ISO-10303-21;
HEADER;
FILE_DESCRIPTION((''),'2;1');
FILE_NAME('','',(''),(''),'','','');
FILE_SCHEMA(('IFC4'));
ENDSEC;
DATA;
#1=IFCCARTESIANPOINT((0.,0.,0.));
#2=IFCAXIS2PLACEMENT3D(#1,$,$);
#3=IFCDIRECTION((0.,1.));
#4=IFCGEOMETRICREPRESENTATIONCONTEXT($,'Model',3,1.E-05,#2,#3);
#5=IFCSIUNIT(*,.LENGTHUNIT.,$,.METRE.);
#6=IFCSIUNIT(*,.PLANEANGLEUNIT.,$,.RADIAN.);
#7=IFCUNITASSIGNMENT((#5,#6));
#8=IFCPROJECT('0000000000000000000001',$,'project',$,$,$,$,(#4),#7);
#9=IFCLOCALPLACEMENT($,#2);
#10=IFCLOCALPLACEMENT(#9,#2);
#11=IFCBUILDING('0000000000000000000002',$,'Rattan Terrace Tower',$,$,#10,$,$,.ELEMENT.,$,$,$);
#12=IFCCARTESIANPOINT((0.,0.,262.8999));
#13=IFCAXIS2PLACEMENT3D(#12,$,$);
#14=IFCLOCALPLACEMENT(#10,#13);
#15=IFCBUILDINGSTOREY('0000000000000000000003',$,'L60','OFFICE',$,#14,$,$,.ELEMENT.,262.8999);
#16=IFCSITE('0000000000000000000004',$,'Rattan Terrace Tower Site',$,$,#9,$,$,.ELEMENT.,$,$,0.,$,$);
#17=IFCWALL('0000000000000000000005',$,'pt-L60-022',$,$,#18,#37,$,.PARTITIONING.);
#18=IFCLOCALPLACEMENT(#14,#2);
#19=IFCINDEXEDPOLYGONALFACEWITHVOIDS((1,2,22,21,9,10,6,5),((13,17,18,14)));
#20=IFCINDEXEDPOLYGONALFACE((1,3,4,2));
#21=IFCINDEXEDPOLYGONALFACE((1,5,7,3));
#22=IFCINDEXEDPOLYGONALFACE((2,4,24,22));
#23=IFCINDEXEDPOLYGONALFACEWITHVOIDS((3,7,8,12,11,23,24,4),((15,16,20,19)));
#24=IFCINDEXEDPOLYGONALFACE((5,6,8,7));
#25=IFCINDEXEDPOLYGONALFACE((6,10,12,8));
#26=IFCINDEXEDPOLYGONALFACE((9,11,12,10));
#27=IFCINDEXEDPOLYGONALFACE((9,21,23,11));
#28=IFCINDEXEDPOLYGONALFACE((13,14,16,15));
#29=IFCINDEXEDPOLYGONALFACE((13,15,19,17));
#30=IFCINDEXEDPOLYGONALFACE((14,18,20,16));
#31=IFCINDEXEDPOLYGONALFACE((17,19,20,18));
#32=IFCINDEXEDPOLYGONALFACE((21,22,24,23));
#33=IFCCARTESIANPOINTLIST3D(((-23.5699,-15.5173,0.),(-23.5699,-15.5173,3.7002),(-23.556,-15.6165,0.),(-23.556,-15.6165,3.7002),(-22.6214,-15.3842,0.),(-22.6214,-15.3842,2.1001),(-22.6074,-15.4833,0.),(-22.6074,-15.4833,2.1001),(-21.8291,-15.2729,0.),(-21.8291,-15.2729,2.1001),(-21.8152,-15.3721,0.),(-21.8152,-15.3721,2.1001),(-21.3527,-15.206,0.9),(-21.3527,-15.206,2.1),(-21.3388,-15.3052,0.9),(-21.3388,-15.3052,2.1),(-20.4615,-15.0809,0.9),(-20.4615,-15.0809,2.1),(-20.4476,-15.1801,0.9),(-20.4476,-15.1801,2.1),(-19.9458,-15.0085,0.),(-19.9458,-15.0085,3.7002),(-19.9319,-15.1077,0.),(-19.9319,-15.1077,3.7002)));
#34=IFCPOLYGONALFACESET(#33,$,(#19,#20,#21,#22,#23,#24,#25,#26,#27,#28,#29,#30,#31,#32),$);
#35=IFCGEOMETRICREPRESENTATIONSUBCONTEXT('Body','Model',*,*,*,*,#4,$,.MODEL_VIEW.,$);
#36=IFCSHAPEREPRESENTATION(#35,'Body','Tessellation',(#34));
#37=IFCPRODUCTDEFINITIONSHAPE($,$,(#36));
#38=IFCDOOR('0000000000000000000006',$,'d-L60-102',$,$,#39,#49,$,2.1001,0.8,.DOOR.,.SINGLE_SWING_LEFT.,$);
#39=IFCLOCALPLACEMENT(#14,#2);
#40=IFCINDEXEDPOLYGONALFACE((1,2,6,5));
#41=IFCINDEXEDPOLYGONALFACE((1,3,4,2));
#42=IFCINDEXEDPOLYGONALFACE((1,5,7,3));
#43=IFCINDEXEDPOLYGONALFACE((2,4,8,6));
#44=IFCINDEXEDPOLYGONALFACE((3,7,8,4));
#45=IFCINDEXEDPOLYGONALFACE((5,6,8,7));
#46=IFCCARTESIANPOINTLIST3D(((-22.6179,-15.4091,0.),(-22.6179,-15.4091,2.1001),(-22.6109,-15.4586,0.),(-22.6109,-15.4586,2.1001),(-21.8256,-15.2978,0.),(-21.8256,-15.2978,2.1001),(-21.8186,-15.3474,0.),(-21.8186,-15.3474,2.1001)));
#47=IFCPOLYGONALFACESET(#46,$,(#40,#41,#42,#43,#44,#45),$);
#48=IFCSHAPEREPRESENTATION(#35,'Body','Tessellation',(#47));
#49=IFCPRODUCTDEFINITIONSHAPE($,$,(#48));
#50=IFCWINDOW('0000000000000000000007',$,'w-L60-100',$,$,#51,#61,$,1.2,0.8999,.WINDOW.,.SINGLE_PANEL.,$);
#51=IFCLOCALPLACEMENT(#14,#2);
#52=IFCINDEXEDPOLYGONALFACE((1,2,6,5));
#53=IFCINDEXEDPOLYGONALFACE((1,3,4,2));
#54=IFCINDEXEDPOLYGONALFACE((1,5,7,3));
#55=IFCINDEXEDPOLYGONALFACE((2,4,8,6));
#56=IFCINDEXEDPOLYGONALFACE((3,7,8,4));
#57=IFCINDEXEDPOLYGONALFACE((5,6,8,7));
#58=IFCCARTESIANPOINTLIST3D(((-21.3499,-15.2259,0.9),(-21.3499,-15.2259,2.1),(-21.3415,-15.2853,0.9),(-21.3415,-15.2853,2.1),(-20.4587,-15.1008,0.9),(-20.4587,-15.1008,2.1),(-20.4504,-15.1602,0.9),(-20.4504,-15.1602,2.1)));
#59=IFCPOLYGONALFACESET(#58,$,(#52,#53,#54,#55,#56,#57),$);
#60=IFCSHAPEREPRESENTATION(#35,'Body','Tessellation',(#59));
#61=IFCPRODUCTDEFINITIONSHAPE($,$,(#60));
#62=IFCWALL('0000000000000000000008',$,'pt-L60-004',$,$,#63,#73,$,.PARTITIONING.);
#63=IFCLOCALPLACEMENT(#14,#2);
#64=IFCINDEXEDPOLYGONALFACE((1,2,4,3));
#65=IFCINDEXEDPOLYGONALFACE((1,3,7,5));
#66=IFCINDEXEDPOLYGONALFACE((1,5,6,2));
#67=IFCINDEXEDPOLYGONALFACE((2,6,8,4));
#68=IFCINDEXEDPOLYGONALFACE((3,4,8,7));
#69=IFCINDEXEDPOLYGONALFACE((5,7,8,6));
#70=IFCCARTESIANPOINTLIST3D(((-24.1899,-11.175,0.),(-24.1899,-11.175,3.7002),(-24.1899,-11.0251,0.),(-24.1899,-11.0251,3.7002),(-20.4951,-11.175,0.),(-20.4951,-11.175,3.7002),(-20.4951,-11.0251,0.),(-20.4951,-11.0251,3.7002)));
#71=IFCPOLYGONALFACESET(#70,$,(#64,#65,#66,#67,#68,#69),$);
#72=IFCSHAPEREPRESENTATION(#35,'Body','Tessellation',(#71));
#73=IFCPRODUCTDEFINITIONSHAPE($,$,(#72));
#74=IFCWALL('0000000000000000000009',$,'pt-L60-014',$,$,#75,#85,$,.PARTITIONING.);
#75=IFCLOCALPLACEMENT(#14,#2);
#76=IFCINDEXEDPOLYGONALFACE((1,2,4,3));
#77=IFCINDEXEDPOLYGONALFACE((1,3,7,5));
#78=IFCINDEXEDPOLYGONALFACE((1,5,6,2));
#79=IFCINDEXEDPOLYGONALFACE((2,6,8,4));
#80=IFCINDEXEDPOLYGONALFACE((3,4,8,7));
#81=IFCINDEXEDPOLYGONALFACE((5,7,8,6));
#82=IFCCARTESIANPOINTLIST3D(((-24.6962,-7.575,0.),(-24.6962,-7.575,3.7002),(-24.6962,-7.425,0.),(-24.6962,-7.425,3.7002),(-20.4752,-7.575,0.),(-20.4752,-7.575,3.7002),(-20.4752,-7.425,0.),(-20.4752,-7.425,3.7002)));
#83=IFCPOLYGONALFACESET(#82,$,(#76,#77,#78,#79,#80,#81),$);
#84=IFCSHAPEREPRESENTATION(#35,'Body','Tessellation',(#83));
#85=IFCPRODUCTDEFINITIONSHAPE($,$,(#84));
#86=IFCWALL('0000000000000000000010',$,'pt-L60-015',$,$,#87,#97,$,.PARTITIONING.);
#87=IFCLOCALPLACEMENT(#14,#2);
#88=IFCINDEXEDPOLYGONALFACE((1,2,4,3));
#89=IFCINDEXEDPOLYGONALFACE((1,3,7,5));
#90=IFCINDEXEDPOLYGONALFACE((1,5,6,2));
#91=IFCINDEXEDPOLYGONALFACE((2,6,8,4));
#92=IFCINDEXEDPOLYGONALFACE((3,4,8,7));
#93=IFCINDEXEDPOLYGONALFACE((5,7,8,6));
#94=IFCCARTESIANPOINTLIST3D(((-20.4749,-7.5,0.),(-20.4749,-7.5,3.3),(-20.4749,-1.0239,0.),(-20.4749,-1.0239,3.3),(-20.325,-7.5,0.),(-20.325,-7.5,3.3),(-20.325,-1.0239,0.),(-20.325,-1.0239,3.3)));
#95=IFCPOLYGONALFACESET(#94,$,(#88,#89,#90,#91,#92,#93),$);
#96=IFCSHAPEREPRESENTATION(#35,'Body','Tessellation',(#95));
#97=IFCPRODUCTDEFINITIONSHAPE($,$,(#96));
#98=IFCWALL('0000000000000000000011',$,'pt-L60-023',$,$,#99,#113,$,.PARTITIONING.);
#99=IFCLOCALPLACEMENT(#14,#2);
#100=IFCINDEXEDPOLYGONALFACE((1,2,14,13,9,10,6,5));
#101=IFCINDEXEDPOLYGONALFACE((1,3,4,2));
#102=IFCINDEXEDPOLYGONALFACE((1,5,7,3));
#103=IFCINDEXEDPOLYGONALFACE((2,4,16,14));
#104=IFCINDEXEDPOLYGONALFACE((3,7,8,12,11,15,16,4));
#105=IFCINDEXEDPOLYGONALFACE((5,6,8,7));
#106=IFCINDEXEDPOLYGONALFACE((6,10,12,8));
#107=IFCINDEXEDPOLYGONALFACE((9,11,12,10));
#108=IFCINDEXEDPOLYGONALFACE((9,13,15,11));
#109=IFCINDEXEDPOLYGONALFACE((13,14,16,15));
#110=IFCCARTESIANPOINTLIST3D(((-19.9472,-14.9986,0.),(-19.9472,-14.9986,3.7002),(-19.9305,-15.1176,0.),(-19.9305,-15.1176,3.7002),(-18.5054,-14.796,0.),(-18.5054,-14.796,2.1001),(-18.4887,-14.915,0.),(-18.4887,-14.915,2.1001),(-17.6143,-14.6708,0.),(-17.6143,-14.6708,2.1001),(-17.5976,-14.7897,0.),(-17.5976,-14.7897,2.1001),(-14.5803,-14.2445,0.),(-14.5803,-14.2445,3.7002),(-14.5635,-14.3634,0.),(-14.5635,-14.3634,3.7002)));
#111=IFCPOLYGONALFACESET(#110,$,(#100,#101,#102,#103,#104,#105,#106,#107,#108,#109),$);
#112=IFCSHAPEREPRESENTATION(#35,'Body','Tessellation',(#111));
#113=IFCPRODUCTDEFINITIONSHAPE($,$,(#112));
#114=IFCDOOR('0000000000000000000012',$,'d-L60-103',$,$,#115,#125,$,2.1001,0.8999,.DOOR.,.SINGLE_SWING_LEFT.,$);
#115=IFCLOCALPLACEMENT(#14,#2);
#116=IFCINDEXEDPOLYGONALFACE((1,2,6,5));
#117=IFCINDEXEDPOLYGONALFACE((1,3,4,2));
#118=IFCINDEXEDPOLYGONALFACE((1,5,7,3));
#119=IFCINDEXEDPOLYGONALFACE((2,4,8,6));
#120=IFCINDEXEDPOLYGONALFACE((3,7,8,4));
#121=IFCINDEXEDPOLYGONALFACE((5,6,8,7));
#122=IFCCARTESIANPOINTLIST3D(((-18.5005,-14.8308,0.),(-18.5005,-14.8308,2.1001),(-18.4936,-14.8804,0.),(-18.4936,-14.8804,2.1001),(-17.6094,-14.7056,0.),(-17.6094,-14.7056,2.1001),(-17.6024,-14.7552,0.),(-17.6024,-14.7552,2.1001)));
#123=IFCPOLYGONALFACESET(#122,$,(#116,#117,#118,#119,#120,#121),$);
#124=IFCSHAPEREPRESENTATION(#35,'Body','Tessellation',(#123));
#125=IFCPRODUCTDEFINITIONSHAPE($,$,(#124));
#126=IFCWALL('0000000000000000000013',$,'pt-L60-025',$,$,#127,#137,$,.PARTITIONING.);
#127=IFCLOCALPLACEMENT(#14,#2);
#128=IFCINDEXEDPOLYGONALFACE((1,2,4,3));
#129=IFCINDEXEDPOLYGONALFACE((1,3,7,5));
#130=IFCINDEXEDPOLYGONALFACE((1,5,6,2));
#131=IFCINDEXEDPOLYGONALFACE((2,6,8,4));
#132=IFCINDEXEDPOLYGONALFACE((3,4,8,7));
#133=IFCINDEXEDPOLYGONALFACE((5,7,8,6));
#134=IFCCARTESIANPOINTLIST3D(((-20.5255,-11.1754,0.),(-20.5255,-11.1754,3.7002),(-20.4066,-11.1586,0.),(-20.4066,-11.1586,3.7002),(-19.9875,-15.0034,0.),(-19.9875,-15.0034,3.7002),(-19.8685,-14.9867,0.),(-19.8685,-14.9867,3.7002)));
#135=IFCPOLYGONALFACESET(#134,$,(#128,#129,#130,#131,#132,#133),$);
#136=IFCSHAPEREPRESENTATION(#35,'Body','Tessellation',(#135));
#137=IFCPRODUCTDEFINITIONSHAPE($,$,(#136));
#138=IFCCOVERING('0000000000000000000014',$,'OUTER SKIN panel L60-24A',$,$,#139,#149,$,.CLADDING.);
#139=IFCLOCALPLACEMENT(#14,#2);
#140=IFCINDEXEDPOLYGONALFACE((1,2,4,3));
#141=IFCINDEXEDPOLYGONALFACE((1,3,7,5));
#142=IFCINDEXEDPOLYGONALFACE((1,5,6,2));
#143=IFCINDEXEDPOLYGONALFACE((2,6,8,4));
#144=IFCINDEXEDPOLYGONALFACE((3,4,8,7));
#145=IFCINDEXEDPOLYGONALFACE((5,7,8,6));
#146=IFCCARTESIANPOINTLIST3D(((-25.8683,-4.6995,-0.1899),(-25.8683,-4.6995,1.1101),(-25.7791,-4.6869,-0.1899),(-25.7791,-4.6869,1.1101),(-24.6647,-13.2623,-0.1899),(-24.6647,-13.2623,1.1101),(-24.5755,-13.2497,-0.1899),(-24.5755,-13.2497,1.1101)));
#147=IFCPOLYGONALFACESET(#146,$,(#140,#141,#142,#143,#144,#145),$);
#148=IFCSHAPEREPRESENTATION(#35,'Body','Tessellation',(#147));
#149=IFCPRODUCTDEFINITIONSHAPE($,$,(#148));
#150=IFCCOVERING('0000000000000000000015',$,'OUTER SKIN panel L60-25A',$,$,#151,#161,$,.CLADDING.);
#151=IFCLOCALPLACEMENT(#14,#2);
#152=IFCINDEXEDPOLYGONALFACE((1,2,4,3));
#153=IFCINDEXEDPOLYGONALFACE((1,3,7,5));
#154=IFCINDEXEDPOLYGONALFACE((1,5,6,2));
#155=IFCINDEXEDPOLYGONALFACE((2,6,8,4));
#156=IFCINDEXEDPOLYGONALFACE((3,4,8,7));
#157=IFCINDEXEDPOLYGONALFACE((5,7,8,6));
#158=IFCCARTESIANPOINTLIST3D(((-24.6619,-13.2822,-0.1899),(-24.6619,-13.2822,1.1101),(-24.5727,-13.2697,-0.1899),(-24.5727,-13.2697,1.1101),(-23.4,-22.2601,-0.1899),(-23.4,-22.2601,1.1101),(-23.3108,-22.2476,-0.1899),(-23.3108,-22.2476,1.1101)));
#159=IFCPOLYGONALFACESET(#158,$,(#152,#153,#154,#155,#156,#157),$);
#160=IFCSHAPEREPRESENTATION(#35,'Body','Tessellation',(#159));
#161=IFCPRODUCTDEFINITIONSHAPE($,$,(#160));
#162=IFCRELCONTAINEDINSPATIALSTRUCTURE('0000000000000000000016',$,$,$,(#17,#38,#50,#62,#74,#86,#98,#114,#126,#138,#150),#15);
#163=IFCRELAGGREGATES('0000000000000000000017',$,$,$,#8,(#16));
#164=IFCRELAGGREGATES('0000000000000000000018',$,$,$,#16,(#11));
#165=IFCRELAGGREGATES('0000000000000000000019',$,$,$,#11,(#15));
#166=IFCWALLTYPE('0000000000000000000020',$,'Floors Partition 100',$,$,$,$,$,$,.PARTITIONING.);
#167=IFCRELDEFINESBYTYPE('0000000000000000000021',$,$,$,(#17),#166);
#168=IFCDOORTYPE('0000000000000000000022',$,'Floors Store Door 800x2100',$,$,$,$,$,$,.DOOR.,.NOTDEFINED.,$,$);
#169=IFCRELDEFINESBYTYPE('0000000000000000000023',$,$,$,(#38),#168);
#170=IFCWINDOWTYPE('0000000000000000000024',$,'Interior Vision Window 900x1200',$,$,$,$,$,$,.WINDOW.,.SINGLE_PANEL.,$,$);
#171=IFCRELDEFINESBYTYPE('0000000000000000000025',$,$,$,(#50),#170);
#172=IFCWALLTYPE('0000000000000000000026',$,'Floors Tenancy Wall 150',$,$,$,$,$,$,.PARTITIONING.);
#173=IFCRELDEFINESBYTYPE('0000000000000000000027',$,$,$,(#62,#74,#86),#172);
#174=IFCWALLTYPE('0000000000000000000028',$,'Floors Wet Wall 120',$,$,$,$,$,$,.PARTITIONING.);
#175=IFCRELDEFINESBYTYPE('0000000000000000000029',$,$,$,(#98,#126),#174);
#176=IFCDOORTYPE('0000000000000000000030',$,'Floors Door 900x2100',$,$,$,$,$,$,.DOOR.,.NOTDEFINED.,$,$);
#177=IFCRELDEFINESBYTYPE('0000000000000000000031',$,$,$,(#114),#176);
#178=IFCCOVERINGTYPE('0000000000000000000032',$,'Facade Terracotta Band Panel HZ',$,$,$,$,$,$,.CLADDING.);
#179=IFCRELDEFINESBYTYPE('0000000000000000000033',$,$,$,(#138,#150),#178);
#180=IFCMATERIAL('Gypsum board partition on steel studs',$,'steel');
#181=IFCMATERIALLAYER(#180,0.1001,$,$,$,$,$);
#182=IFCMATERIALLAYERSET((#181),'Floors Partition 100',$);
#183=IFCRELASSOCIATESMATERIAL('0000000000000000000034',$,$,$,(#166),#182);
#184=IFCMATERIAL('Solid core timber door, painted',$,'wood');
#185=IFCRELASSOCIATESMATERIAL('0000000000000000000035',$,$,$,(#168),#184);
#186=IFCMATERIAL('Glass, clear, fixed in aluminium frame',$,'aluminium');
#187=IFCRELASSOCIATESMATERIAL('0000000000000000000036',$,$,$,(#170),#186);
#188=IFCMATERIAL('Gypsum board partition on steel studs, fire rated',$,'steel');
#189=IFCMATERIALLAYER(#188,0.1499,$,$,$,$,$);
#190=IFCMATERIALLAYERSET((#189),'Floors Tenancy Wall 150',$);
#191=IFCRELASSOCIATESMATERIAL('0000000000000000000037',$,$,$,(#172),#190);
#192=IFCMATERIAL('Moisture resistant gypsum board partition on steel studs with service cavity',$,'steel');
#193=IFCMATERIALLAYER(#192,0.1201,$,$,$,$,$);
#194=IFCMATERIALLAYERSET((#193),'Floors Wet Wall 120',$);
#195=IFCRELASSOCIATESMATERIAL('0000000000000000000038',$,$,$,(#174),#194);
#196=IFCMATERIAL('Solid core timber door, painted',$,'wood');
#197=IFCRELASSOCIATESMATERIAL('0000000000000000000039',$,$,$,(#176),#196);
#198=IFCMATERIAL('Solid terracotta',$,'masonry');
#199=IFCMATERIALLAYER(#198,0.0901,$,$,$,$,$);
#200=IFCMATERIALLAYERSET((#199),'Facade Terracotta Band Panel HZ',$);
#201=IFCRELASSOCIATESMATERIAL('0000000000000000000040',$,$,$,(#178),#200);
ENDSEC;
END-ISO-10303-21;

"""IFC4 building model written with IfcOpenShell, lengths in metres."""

from ifc_helpers import new_model, si_unit, direction, frame, frame_2d, origin, origin_2d, place, context, subcontext, project, spatial, rectangle, extrude, material, layer, layer_set, type_object, element, fill, save


model = new_model("IFC4")

# Units and contexts
model_context = context("Model", 3, precision=1e-05, world=origin(), true_north=direction((0.0, 1.0)))
body_context = subcontext(model_context, "Body", "Model", "MODEL_VIEW")
ifc_project = project(units=[si_unit("LENGTHUNIT", "METRE"), si_unit("PLANEANGLEUNIT", "RADIAN")], contexts=[model_context])

# Site, building, storey
site_placement = place(None, origin())
site = spatial("IfcSite", under=ifc_project, at=site_placement, Name="Rattan Terrace Tower Site", CompositionType="ELEMENT", RefElevation=0.0)
building_placement = place(site_placement, origin())
building = spatial("IfcBuilding", under=site, at=building_placement, Name="Rattan Terrace Tower", CompositionType="ELEMENT")
storey_placement = place(building_placement, frame((0.0, 0.0, 262.8999)))
storey = spatial("IfcBuildingStorey", under=building, at=storey_placement, Name="L60", Description="OFFICE", CompositionType="ELEMENT", Elevation=262.8999)

# Wall, openings, door, window
ifc_material_1 = material(Name="Gypsum board partition on steel studs", Category="steel")
ifc_layer_1 = layer(ifc_material_1, 0.1001)
ifc_layer_set_1 = layer_set([ifc_layer_1], Name="Floors Partition 100")
wall_type_1 = type_object("IfcWallType", Name="Floors Partition 100", PredefinedType="PARTITIONING", material=ifc_layer_set_1)
wall_1_placement = place(storey_placement, frame((-23.563, -15.5669, 0.0), z_axis=(0.0, 0.0, 1.0), x_axis=(0.990288, 0.13903, 0.0)))
wall_1 = element("IfcWall", 1, at=wall_1_placement, inside=storey, type_object=wall_type_1, Name="pt-L60-022", PredefinedType="PARTITIONING", context=body_context, shape_type="SweptSolid", body=[
    extrude(rectangle(XDim=3.6597, YDim=0.1001, at=frame_2d((1.8298, 0.0))), origin(), (0.0, 0.0, 1.0), 3.7002),
])
opening_1_placement = place(wall_1_placement, frame((0.958, 0.0, 0.0)))
opening_1 = element("IfcOpeningElement", 2, at=opening_1_placement, cuts=wall_1, PredefinedType="OPENING", context=body_context, shape_type="SweptSolid", body=[
    extrude(rectangle(XDim=0.8, YDim=2.1001, at=frame_2d((0.3999, 1.05))), frame((0.0, 0.0605, 0.0), z_axis=(0.0, -1.0, 0.0), x_axis=(1.0, 0.0, 0.0)), (0.0, 0.0, 1.0), 0.1211),
])
opening_2_placement = place(wall_1_placement, frame((2.239, 0.0, 0.8999)))
opening_2 = element("IfcOpeningElement", 3, at=opening_2_placement, cuts=wall_1, PredefinedType="OPENING", context=body_context, shape_type="SweptSolid", body=[
    extrude(rectangle(XDim=0.8999, YDim=1.2, at=frame_2d((0.45, 0.6001))), frame((0.0, 0.0605, 0.0), z_axis=(0.0, -1.0, 0.0), x_axis=(1.0, 0.0, 0.0)), (0.0, 0.0, 1.0), 0.1211),
])
ifc_material_2 = material(Name="Solid core timber door, painted", Category="wood")
door_type_1 = type_object("IfcDoorType", Name="Floors Store Door 800x2100", OperationType="NOTDEFINED", PredefinedType="DOOR", material=ifc_material_2)
door_1_placement = place(opening_1_placement, origin())
door_1 = element("IfcDoor", 4, at=door_1_placement, inside=storey, type_object=door_type_1, Name="d-L60-102", OperationType="SINGLE_SWING_LEFT", OverallHeight=2.1001, OverallWidth=0.8, PredefinedType="DOOR", context=body_context, shape_type="SweptSolid", body=[
    extrude(rectangle(XDim=0.8, YDim=2.1001, at=frame_2d((0.3999, 1.05))), frame((0.0, 0.0249, 0.0), z_axis=(0.0, -1.0, 0.0), x_axis=(1.0, 0.0, 0.0)), (0.0, 0.0, 1.0), 0.05),
])
fill(opening_1, door_1)
ifc_material_3 = material(Name="Glass, clear, fixed in aluminium frame", Category="aluminium")
window_type = type_object("IfcWindowType", Name="Interior Vision Window 900x1200", PartitioningType="SINGLE_PANEL", PredefinedType="WINDOW", material=ifc_material_3)
window_placement = place(opening_2_placement, origin())
window = element("IfcWindow", 5, at=window_placement, inside=storey, type_object=window_type, Name="w-L60-100", OverallHeight=1.2, OverallWidth=0.8999, PartitioningType="SINGLE_PANEL", PredefinedType="WINDOW", context=body_context, shape_type="SweptSolid", body=[
    extrude(rectangle(XDim=0.8999, YDim=1.2, at=frame_2d((0.45, 0.6001))), frame((0.0, 0.03, 0.0), z_axis=(0.0, -1.0, 0.0), x_axis=(1.0, 0.0, 0.0)), (0.0, 0.0, 1.0), 0.0601),
])
fill(opening_2, window)

# Walls
ifc_material_4 = material(Name="Gypsum board partition on steel studs, fire rated", Category="steel")
ifc_layer_2 = layer(ifc_material_4, 0.1499)
ifc_layer_set_2 = layer_set([ifc_layer_2], Name="Floors Tenancy Wall 150")
wall_type_2 = type_object("IfcWallType", Name="Floors Tenancy Wall 150", PredefinedType="PARTITIONING", material=ifc_layer_set_2)
wall_2_placement = place(storey_placement, frame((-20.4951, -11.1001, 0.0), z_axis=(0.0, 0.0, 1.0), x_axis=(-1.0, 0.0, 0.0)))
element("IfcWall", 6, at=wall_2_placement, inside=storey, type_object=wall_type_2, Name="pt-L60-004", PredefinedType="PARTITIONING", context=body_context, shape_type="SweptSolid", body=[
    extrude(rectangle(XDim=3.6948, YDim=0.1499, at=frame_2d((1.8474, 0.0))), origin(), (0.0, 0.0, 1.0), 3.7002),
])
wall_3_placement = place(storey_placement, frame((-24.696, -7.5, 0.0), z_axis=(0.0, 0.0, 1.0), x_axis=(1.0, 0.0, 0.0)))
element("IfcWall", 7, at=wall_3_placement, inside=storey, type_object=wall_type_2, Name="pt-L60-014", PredefinedType="PARTITIONING", context=body_context, shape_type="SweptSolid", body=[
    extrude(rectangle(XDim=4.2209, YDim=0.1499, at=frame_2d((2.1104, 0.0))), origin(), (0.0, 0.0, 1.0), 3.7002),
])
wall_4_placement = place(storey_placement, frame((-20.3999, -7.5, 0.0), z_axis=(0.0, 0.0, 1.0), x_axis=(0.0, 1.0, 0.0)))
element("IfcWall", 8, at=wall_4_placement, inside=storey, type_object=wall_type_2, Name="pt-L60-015", PredefinedType="PARTITIONING", context=body_context, shape_type="SweptSolid", body=[
    extrude(rectangle(XDim=6.4761, YDim=0.1499, at=frame_2d((3.238, 0.0))), origin(), (0.0, 0.0, 1.0), 3.3),
])

# Wall, opening, door
ifc_material_5 = material(Name="Moisture resistant gypsum board partition on steel studs with service cavity", Category="steel")
ifc_layer_3 = layer(ifc_material_5, 0.1201)
ifc_layer_set_3 = layer_set([ifc_layer_3], Name="Floors Wet Wall 120")
wall_type_3 = type_object("IfcWallType", Name="Floors Wet Wall 120", PredefinedType="PARTITIONING", material=ifc_layer_set_3)
wall_5_placement = place(storey_placement, frame((-19.939, -15.0581, 0.0), z_axis=(0.0, 0.0, 1.0), x_axis=(0.990271, 0.139151, 0.0)))
wall_5 = element("IfcWall", 9, at=wall_5_placement, inside=storey, type_object=wall_type_3, Name="pt-L60-023", PredefinedType="PARTITIONING", context=body_context, shape_type="SweptSolid", body=[
    extrude(rectangle(XDim=5.4197, YDim=0.1201, at=frame_2d((2.71, 0.0))), origin(), (0.0, 0.0, 1.0), 3.7002),
])
opening_3_placement = place(wall_5_placement, frame((1.4561, 0.0, 0.0)))
opening_3 = element("IfcOpeningElement", 10, at=opening_3_placement, cuts=wall_5, PredefinedType="OPENING", context=body_context, shape_type="SweptSolid", body=[
    extrude(rectangle(XDim=0.8999, YDim=2.1001, at=frame_2d((0.45, 1.05))), frame((0.0, 0.0706, 0.0), z_axis=(0.0, -1.0, 0.0), x_axis=(1.0, 0.0, 0.0)), (0.0, 0.0, 1.0), 0.1411),
])
ifc_material_6 = material(Name="Solid core timber door, painted", Category="wood")
door_type_2 = type_object("IfcDoorType", Name="Floors Door 900x2100", OperationType="NOTDEFINED", PredefinedType="DOOR", material=ifc_material_6)
door_2_placement = place(opening_3_placement, origin())
door_2 = element("IfcDoor", 11, at=door_2_placement, inside=storey, type_object=door_type_2, Name="d-L60-103", OperationType="SINGLE_SWING_LEFT", OverallHeight=2.1001, OverallWidth=0.8999, PredefinedType="DOOR", context=body_context, shape_type="SweptSolid", body=[
    extrude(rectangle(XDim=0.8999, YDim=2.1001, at=frame_2d((0.45, 1.05))), frame((0.0, 0.0249, 0.0), z_axis=(0.0, -1.0, 0.0), x_axis=(1.0, 0.0, 0.0)), (0.0, 0.0, 1.0), 0.05),
])
fill(opening_3, door_2)

# Wall
wall_6_placement = place(storey_placement, frame((-20.4661, -11.167, 0.0), z_axis=(0.0, 0.0, 1.0), x_axis=(0.139193, -0.990265, 0.0)))
element("IfcWall", 12, at=wall_6_placement, inside=storey, type_object=wall_type_3, Name="pt-L60-025", PredefinedType="PARTITIONING", context=body_context, shape_type="SweptSolid", body=[
    extrude(rectangle(XDim=3.8657, YDim=0.1201, at=frame_2d((1.9329, 0.0))), origin(), (0.0, 0.0, 1.0), 3.7002),
])

# Coverings
ifc_material_7 = material(Name="Solid terracotta", Category="masonry")
ifc_layer_4 = layer(ifc_material_7, 0.0901)
ifc_layer_set_4 = layer_set([ifc_layer_4], Name="Facade Terracotta Band Panel HZ")
covering_type_1 = type_object("IfcCoveringType", Name="Facade Terracotta Band Panel HZ", PredefinedType="CLADDING", material=ifc_layer_set_4)
covering_1_placement = place(storey_placement, frame((-25.2219, -8.9746, -0.1899), z_axis=(0.0, 0.0, 1.0), x_axis=(0.139192, -0.990265, 0.0)))
element("IfcCovering", 13, at=covering_1_placement, inside=storey, type_object=covering_type_1, Name="OUTER SKIN panel L60-24A", PredefinedType="CLADDING", context=body_context, shape_type="SweptSolid", body=[
    extrude(rectangle(XDim=8.647, YDim=0.0901, at=origin_2d()), origin(), (0.0, 0.0, 1.0), 1.3),
])
covering_2_placement = place(storey_placement, frame((-23.9863, -17.7649, -0.1899), z_axis=(0.0, 0.0, 1.0), x_axis=(0.139192, -0.990265, 0.0)))
element("IfcCovering", 14, at=covering_2_placement, inside=storey, type_object=covering_type_1, Name="OUTER SKIN panel L60-25A", PredefinedType="CLADDING", context=body_context, shape_type="SweptSolid", body=[
    extrude(rectangle(XDim=9.0662, YDim=0.0901, at=origin_2d()), origin(), (0.0, 0.0, 1.0), 1.3),
])

save(model, "model.ifc")
